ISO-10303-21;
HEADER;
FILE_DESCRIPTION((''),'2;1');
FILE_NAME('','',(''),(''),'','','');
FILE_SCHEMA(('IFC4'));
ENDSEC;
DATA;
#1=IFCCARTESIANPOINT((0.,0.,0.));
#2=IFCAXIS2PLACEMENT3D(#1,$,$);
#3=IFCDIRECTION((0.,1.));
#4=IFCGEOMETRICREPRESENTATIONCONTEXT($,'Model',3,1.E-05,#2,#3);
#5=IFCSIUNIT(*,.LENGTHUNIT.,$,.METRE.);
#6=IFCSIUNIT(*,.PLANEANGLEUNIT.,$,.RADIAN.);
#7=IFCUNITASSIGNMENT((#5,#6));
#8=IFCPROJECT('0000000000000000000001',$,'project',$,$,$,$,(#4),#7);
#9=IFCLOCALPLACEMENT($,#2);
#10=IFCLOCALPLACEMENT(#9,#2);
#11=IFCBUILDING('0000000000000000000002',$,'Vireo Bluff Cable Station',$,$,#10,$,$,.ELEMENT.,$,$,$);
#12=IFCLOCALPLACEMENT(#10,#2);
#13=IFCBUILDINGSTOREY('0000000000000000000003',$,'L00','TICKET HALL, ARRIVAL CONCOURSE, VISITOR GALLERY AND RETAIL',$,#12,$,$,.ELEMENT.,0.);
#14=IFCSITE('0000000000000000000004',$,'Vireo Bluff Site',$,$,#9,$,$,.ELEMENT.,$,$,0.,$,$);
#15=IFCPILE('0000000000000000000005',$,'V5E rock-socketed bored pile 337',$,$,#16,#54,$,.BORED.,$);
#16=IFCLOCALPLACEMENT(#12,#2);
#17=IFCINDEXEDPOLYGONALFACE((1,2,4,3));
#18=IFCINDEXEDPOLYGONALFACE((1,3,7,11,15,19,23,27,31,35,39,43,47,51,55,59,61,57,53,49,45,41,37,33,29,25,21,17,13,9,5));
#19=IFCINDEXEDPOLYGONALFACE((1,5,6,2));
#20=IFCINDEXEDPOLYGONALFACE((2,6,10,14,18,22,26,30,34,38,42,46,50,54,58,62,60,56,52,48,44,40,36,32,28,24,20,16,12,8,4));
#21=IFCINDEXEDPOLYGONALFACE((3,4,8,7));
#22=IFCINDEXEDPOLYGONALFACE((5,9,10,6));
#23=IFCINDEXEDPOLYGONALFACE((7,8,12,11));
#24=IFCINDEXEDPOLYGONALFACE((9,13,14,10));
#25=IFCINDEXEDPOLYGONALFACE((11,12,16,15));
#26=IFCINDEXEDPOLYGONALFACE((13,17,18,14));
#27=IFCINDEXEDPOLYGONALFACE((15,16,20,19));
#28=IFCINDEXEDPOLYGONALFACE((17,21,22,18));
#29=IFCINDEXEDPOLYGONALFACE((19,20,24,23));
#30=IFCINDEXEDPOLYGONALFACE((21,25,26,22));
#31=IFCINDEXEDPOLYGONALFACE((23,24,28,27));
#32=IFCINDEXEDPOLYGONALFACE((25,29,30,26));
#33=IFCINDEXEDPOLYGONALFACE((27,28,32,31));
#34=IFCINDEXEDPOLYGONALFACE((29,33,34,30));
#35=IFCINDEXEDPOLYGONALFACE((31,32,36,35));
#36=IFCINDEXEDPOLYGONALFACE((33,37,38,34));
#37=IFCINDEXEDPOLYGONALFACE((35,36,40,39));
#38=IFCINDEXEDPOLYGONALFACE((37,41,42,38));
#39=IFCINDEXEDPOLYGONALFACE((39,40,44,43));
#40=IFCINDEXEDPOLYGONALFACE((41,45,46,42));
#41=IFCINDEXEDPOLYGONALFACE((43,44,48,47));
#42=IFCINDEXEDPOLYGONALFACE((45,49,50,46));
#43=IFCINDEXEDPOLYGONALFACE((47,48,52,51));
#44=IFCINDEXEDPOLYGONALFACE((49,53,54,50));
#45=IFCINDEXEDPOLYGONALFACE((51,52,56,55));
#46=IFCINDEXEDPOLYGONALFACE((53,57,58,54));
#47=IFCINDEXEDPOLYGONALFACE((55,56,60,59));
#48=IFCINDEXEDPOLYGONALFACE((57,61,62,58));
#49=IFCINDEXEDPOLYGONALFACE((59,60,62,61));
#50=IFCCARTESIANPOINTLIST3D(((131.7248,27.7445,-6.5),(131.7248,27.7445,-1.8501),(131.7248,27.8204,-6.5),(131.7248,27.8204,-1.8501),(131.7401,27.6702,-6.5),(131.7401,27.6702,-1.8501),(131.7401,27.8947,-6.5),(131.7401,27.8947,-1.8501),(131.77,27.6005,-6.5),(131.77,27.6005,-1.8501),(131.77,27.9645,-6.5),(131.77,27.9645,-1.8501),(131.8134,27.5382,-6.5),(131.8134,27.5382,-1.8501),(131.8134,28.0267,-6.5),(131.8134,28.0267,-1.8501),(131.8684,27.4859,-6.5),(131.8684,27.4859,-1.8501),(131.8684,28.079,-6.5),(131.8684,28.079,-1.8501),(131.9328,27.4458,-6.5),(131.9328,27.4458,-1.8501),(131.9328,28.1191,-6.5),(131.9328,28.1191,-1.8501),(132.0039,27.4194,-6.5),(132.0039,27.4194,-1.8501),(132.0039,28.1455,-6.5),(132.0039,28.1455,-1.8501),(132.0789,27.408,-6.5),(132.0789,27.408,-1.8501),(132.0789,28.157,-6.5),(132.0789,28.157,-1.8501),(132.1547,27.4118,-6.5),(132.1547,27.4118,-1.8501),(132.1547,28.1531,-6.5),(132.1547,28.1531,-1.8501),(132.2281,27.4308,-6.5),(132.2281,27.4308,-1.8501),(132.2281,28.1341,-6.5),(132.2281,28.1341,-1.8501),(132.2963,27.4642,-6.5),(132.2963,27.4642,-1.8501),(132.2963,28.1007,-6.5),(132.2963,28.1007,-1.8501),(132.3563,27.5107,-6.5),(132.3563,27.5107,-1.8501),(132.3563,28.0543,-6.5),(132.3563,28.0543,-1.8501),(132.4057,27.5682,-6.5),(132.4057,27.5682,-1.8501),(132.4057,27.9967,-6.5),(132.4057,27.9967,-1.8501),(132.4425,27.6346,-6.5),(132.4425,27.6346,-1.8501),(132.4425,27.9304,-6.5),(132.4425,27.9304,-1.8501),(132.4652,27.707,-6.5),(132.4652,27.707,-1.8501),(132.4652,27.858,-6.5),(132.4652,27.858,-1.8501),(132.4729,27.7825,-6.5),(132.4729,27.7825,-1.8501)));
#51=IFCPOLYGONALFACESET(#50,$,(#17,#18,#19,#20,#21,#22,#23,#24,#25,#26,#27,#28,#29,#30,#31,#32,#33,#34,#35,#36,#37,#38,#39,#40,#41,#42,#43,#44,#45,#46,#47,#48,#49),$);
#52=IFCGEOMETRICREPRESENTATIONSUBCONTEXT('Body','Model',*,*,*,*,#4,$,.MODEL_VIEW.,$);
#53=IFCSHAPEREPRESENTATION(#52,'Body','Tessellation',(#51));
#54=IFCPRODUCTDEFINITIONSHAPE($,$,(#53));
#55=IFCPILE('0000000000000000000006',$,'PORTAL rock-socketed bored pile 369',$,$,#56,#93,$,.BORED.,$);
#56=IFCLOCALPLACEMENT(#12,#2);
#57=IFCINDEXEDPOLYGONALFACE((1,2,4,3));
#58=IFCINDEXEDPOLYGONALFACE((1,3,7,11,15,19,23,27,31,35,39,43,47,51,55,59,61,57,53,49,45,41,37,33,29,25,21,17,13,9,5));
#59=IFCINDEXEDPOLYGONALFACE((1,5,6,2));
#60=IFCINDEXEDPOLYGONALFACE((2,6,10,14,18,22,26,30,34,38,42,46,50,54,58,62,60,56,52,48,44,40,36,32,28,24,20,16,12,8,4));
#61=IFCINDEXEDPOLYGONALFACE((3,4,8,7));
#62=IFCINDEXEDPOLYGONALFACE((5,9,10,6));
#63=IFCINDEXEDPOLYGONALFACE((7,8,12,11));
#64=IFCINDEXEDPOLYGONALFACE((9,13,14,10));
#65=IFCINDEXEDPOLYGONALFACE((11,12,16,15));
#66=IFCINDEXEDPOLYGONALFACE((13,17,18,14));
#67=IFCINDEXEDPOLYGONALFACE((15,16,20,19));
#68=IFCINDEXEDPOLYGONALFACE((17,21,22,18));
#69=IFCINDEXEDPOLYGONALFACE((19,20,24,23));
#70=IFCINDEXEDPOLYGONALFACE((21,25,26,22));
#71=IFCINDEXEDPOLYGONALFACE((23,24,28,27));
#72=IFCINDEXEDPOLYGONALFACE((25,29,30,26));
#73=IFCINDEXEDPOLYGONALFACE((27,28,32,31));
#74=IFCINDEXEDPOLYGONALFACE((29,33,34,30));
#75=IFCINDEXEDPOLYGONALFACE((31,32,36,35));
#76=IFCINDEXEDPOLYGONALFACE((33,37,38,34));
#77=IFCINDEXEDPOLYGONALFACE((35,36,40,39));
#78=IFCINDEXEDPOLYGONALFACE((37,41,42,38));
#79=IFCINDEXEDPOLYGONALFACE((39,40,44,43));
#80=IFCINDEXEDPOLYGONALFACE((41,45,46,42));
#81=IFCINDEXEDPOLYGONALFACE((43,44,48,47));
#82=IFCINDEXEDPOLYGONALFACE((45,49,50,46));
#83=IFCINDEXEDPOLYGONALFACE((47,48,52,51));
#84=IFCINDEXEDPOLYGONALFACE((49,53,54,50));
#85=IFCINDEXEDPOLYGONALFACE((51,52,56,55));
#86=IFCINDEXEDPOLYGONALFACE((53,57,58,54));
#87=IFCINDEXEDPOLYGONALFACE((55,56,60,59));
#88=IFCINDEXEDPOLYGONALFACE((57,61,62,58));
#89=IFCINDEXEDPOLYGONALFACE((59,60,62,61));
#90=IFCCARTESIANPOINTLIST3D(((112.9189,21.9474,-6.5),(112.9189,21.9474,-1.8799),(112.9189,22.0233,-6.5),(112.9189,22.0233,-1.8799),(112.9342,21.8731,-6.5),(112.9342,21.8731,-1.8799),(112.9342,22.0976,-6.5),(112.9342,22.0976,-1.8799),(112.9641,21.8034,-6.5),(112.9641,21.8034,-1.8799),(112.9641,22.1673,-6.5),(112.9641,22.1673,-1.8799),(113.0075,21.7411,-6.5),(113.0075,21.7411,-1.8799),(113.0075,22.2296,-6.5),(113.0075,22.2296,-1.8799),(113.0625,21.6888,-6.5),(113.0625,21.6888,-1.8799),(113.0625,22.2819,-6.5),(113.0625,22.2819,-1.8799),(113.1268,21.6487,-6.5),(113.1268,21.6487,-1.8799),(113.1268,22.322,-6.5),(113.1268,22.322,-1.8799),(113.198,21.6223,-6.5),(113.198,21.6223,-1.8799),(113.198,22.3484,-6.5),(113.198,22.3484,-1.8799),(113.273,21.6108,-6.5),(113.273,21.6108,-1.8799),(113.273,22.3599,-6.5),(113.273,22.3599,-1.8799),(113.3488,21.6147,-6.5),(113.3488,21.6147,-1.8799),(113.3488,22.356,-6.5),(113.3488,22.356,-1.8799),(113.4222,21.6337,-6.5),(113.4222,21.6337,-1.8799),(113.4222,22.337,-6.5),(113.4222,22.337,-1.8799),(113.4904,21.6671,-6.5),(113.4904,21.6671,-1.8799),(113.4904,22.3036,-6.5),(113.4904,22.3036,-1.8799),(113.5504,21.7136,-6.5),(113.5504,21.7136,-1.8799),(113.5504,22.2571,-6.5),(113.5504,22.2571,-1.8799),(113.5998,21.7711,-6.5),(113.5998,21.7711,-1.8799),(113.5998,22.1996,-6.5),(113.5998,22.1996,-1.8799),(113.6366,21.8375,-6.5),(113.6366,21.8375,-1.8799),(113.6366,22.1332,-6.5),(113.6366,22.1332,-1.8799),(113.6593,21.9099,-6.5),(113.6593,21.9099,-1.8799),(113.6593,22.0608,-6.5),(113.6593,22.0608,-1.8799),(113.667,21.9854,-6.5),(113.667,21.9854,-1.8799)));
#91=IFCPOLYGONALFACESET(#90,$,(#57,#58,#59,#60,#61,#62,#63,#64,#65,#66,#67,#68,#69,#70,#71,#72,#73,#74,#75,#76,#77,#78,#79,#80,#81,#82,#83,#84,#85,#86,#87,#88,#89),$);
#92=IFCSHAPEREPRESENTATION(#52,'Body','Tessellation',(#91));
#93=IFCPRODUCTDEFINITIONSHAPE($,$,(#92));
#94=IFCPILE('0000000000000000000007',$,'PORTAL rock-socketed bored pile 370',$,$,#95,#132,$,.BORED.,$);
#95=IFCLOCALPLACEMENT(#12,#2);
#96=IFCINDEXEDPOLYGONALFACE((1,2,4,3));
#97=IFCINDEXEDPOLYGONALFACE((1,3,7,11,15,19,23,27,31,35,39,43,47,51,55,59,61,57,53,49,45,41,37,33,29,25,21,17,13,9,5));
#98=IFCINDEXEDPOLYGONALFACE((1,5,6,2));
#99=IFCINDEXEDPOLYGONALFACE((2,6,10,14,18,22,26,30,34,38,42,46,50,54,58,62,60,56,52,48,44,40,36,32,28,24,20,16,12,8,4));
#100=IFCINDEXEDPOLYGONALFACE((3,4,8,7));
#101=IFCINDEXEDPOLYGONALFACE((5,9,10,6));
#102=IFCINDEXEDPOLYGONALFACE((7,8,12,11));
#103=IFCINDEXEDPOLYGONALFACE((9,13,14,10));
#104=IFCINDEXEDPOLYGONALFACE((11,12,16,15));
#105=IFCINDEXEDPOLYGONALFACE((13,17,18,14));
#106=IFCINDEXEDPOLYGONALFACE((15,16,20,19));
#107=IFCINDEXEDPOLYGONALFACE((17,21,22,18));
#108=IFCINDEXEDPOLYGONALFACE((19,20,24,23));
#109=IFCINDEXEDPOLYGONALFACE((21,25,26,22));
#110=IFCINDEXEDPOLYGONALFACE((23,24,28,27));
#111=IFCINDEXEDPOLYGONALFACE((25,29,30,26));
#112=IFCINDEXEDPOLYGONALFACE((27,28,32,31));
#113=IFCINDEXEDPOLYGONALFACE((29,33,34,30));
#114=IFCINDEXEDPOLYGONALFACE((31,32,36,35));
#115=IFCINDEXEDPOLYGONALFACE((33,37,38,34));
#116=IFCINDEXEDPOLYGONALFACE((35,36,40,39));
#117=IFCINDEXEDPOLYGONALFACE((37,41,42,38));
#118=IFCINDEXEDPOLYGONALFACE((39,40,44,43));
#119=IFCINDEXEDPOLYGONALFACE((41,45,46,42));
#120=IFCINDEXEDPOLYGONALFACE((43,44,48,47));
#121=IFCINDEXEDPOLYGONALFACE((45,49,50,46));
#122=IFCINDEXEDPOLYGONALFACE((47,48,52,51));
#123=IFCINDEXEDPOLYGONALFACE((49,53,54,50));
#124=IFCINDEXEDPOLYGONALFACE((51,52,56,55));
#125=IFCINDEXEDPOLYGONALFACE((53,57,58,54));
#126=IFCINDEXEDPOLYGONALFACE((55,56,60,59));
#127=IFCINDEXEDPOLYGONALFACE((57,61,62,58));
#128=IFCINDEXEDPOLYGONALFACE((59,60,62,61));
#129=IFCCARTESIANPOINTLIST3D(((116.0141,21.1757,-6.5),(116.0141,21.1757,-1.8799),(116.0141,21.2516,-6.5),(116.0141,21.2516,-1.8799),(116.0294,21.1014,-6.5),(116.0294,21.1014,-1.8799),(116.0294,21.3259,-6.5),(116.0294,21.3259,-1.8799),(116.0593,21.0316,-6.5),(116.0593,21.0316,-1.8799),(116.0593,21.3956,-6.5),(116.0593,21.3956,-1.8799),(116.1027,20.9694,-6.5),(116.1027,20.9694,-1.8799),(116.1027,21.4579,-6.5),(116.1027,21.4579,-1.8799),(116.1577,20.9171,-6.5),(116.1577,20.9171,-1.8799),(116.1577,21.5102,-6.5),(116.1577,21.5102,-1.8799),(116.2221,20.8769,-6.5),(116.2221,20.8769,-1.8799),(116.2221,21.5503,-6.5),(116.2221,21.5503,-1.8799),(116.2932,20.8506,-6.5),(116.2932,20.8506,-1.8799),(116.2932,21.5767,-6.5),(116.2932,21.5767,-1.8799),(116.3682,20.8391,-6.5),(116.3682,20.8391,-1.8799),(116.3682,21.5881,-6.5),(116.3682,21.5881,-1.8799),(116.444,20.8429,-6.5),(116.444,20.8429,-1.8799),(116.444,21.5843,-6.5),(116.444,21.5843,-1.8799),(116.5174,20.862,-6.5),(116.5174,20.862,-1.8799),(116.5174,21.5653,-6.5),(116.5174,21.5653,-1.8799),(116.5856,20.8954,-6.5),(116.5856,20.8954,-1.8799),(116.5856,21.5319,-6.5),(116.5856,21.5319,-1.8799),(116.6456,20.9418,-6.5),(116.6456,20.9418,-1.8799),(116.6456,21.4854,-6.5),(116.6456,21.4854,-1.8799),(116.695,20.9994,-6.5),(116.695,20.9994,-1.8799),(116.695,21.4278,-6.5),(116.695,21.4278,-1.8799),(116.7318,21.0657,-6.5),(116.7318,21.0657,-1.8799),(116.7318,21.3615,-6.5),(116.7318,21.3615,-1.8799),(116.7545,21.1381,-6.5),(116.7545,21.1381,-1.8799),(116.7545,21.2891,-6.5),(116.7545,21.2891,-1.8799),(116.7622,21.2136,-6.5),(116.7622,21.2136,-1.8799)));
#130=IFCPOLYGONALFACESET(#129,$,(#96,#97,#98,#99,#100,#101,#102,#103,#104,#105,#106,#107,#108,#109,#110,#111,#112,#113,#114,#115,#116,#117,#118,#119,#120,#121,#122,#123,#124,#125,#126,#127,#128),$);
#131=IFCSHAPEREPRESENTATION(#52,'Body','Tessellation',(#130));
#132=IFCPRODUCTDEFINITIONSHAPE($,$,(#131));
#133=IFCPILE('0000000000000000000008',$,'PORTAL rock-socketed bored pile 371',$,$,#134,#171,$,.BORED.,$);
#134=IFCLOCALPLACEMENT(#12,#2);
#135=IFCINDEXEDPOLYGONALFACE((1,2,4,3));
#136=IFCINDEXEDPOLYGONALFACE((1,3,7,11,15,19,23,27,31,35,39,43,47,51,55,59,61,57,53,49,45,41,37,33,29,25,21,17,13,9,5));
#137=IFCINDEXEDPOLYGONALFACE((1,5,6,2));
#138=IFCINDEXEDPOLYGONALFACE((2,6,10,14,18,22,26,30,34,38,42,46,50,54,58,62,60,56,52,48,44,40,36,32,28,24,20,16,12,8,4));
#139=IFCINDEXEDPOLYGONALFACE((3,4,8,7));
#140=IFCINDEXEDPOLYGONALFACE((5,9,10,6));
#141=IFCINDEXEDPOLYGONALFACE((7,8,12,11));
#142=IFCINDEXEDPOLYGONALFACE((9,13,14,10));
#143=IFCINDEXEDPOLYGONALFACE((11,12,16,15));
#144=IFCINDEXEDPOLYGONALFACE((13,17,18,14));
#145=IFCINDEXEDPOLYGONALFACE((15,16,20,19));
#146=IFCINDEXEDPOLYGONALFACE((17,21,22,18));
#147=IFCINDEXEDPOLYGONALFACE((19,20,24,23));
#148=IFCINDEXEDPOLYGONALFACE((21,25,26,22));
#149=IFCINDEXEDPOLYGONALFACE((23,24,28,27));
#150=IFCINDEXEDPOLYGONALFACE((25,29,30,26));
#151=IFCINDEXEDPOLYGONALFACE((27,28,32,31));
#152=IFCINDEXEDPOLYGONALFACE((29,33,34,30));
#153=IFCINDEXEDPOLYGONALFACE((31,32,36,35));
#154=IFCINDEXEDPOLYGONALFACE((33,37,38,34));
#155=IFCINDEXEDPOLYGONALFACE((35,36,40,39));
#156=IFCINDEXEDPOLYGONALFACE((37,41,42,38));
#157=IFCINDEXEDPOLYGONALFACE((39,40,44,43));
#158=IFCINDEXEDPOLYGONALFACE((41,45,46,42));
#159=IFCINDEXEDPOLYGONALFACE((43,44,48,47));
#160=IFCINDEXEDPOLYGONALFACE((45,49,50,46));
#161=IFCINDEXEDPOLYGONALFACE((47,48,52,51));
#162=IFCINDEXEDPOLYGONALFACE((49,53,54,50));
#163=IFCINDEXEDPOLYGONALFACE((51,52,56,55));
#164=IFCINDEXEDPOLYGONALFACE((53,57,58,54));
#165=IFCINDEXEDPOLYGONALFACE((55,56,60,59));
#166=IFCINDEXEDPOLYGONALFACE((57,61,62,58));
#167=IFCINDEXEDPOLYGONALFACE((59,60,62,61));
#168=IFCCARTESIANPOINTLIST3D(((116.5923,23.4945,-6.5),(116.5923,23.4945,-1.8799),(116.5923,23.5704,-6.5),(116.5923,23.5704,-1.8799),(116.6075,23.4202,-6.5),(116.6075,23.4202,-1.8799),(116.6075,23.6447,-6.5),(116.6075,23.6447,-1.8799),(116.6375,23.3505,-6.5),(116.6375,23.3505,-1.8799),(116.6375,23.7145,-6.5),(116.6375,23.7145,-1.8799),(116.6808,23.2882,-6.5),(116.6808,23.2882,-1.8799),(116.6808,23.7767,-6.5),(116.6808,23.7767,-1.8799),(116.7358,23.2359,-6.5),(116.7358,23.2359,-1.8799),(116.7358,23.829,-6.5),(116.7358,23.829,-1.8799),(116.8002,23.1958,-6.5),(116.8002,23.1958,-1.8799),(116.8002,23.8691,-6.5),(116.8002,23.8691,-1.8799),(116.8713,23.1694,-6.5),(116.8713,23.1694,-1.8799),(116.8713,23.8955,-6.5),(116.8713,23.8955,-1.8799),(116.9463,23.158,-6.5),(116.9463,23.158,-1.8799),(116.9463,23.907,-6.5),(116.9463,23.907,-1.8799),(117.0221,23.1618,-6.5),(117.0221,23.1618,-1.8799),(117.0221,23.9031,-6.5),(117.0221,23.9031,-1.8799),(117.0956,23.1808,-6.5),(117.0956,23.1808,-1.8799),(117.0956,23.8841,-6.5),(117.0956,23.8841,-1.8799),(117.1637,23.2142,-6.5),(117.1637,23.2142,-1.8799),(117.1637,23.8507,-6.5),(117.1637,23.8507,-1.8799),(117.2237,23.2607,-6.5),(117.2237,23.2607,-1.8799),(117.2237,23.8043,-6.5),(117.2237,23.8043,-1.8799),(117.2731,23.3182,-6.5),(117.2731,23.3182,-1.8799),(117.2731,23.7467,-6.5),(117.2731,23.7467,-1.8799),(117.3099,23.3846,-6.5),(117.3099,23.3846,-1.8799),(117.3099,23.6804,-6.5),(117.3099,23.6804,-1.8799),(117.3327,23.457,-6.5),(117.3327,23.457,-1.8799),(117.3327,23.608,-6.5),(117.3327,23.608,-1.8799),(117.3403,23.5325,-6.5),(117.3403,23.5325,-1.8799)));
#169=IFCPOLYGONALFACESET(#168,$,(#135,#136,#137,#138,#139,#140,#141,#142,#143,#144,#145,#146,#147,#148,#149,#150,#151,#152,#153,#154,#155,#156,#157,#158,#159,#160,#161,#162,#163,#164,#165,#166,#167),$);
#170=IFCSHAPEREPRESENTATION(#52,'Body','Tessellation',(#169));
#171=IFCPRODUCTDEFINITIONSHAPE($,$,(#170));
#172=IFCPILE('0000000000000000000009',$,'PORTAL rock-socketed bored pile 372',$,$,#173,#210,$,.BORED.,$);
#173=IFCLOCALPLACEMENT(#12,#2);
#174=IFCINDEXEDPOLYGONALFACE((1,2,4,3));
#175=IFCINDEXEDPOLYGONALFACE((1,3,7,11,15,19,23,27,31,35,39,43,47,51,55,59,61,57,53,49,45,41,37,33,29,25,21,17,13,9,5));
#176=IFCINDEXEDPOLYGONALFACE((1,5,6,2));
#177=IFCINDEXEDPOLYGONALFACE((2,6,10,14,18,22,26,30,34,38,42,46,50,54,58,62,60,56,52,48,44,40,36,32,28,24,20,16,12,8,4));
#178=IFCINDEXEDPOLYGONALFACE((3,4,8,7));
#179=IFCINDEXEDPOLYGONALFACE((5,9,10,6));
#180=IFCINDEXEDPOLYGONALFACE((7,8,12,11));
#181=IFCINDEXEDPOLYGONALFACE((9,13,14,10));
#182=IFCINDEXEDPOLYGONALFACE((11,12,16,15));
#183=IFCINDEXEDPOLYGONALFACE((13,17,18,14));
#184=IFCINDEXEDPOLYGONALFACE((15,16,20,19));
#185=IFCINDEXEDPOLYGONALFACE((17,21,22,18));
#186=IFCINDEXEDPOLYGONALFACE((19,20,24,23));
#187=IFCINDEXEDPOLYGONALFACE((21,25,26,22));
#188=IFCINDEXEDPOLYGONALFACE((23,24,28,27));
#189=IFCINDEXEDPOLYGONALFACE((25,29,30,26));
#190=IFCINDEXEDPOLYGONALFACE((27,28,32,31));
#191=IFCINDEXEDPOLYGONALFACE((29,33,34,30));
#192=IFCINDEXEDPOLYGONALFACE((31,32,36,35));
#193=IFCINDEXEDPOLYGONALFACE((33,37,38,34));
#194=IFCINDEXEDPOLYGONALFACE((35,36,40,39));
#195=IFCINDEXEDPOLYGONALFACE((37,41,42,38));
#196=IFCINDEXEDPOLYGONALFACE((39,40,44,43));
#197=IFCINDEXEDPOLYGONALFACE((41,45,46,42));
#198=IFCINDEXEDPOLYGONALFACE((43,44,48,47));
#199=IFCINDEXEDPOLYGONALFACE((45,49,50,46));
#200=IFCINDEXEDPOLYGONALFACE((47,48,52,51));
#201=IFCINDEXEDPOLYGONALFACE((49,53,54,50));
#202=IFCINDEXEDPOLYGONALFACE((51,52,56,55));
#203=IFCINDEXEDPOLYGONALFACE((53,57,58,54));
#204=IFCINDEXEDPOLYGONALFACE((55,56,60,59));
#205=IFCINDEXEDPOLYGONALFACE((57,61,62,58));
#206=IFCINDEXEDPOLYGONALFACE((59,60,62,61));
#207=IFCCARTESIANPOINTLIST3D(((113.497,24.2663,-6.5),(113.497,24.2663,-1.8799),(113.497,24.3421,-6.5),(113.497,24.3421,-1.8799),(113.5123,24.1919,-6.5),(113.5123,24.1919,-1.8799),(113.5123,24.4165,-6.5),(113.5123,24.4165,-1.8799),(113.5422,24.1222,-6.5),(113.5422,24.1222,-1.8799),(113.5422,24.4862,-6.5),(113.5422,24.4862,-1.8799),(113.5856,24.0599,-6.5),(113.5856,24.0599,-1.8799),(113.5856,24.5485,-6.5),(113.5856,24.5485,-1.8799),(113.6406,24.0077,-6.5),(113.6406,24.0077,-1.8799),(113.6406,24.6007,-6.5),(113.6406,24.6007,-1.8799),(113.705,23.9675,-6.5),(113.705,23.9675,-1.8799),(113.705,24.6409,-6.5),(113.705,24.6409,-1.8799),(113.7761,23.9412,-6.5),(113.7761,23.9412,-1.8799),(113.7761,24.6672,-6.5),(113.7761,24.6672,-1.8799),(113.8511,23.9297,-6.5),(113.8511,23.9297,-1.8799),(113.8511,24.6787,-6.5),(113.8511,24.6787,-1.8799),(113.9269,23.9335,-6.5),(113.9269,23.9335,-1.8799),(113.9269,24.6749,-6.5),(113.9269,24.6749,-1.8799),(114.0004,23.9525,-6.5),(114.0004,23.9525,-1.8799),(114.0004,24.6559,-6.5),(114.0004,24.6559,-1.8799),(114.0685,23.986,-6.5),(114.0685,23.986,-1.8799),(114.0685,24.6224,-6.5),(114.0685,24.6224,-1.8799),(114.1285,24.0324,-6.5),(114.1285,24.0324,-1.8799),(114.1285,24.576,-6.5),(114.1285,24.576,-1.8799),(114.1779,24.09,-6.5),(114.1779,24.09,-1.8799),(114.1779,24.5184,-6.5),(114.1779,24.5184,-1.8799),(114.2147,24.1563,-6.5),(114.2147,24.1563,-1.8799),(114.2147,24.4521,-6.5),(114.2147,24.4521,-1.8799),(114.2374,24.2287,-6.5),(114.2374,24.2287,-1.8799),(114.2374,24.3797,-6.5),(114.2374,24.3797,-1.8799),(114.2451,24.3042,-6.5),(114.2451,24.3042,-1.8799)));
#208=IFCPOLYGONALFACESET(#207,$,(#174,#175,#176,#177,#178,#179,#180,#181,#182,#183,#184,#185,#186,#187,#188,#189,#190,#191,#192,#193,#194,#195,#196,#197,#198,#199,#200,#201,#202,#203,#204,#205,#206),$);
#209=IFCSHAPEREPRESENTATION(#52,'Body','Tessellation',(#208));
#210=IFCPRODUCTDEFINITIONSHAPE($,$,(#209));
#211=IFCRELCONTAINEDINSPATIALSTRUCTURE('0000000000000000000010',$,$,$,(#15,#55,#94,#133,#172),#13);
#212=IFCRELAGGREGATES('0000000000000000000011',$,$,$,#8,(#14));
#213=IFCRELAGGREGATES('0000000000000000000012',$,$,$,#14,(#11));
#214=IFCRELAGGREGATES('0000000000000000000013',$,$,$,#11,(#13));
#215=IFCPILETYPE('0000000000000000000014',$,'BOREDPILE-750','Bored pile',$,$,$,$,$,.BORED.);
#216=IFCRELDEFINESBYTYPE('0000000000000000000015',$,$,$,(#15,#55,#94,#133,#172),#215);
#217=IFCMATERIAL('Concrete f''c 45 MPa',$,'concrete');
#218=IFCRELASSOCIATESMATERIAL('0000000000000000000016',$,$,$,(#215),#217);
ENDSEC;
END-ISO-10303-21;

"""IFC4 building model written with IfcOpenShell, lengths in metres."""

from ifc_helpers import new_model, si_unit, direction, frame, origin, origin_2d, place, context, subcontext, project, spatial, circle, extrude, material, material_profile, profile_set, type_object, element, save


model = new_model("IFC4")

# Units and contexts
model_context = context("Model", 3, precision=1e-05, world=origin(), true_north=direction((0.0, 1.0)))
body_context = subcontext(model_context, "Body", "Model", "MODEL_VIEW")
ifc_project = project(units=[si_unit("LENGTHUNIT", "METRE"), si_unit("PLANEANGLEUNIT", "RADIAN")], contexts=[model_context])

# Site, building, storey
site_placement = place(None, origin())
site = spatial("IfcSite", under=ifc_project, at=site_placement, Name="Vireo Bluff Site", CompositionType="ELEMENT", RefElevation=0.0)
building_placement = place(site_placement, origin())
building = spatial("IfcBuilding", under=site, at=building_placement, Name="Vireo Bluff Cable Station", CompositionType="ELEMENT")
storey_placement = place(building_placement, origin())
storey = spatial("IfcBuildingStorey", under=building, at=storey_placement, Name="L00", Description="TICKET HALL, ARRIVAL CONCOURSE, VISITOR GALLERY AND RETAIL", CompositionType="ELEMENT", Elevation=0.0)

# Piles
ifc_material_1 = material(Name="Concrete f'c 45 MPa", Category="concrete")
ifc_material_profile_1 = material_profile(ifc_material_1, circle(Radius=0.375, at=origin_2d()), Name="BOREDPILE-750")
ifc_profile_set_1 = profile_set([ifc_material_profile_1], Name="Concrete f'c 45 MPa")
pile_type = type_object("IfcPileType", Name="BOREDPILE-750", Description="Bored pile", PredefinedType="BORED", material=ifc_profile_set_1)
pile_1_placement = place(storey_placement, frame((132.0979, 27.7825, -1.8501), z_axis=(0.0, 0.0, -1.0), x_axis=(1.0, 0.0, 0.0)))
element("IfcPile", 1, at=pile_1_placement, inside=storey, type_object=pile_type, Name="V5E rock-socketed bored pile 337", PredefinedType="BORED", context=body_context, shape_type="SweptSolid", body=[
    extrude(circle(Radius=0.375, at=origin_2d()), origin(), (0.0, 0.0, 1.0), 4.6499),
])
for number, where, z_axis, x_axis, name in (
    (2, (113.292, 21.9854, -1.8799), (0.0, 0.0, -1.0), (1.0, 0.0, 0.0), "PORTAL rock-socketed bored pile 369"),
    (3, (116.3872, 21.2136, -1.8799), (0.0, 0.0, -1.0), (1.0, 0.0, 0.0), "PORTAL rock-socketed bored pile 370"),
    (4, (116.9653, 23.5325, -1.8799), (0.0, 0.0, -1.0), (1.0, 0.0, 0.0), "PORTAL rock-socketed bored pile 371"),
    (5, (113.8701, 24.3042, -1.8799), (0.0, 0.0, -1.0), (1.0, 0.0, 0.0), "PORTAL rock-socketed bored pile 372"),
):
    element("IfcPile", number, at=place(storey_placement, frame(where, z_axis=z_axis, x_axis=x_axis)), inside=storey, type_object=pile_type, Name=name, PredefinedType="BORED", context=body_context, shape_type="SweptSolid", body=[
        extrude(circle(Radius=0.375, at=origin_2d()), origin(), (0.0, 0.0, 1.0), 4.6201),
    ])

save(model, "model.ifc")
